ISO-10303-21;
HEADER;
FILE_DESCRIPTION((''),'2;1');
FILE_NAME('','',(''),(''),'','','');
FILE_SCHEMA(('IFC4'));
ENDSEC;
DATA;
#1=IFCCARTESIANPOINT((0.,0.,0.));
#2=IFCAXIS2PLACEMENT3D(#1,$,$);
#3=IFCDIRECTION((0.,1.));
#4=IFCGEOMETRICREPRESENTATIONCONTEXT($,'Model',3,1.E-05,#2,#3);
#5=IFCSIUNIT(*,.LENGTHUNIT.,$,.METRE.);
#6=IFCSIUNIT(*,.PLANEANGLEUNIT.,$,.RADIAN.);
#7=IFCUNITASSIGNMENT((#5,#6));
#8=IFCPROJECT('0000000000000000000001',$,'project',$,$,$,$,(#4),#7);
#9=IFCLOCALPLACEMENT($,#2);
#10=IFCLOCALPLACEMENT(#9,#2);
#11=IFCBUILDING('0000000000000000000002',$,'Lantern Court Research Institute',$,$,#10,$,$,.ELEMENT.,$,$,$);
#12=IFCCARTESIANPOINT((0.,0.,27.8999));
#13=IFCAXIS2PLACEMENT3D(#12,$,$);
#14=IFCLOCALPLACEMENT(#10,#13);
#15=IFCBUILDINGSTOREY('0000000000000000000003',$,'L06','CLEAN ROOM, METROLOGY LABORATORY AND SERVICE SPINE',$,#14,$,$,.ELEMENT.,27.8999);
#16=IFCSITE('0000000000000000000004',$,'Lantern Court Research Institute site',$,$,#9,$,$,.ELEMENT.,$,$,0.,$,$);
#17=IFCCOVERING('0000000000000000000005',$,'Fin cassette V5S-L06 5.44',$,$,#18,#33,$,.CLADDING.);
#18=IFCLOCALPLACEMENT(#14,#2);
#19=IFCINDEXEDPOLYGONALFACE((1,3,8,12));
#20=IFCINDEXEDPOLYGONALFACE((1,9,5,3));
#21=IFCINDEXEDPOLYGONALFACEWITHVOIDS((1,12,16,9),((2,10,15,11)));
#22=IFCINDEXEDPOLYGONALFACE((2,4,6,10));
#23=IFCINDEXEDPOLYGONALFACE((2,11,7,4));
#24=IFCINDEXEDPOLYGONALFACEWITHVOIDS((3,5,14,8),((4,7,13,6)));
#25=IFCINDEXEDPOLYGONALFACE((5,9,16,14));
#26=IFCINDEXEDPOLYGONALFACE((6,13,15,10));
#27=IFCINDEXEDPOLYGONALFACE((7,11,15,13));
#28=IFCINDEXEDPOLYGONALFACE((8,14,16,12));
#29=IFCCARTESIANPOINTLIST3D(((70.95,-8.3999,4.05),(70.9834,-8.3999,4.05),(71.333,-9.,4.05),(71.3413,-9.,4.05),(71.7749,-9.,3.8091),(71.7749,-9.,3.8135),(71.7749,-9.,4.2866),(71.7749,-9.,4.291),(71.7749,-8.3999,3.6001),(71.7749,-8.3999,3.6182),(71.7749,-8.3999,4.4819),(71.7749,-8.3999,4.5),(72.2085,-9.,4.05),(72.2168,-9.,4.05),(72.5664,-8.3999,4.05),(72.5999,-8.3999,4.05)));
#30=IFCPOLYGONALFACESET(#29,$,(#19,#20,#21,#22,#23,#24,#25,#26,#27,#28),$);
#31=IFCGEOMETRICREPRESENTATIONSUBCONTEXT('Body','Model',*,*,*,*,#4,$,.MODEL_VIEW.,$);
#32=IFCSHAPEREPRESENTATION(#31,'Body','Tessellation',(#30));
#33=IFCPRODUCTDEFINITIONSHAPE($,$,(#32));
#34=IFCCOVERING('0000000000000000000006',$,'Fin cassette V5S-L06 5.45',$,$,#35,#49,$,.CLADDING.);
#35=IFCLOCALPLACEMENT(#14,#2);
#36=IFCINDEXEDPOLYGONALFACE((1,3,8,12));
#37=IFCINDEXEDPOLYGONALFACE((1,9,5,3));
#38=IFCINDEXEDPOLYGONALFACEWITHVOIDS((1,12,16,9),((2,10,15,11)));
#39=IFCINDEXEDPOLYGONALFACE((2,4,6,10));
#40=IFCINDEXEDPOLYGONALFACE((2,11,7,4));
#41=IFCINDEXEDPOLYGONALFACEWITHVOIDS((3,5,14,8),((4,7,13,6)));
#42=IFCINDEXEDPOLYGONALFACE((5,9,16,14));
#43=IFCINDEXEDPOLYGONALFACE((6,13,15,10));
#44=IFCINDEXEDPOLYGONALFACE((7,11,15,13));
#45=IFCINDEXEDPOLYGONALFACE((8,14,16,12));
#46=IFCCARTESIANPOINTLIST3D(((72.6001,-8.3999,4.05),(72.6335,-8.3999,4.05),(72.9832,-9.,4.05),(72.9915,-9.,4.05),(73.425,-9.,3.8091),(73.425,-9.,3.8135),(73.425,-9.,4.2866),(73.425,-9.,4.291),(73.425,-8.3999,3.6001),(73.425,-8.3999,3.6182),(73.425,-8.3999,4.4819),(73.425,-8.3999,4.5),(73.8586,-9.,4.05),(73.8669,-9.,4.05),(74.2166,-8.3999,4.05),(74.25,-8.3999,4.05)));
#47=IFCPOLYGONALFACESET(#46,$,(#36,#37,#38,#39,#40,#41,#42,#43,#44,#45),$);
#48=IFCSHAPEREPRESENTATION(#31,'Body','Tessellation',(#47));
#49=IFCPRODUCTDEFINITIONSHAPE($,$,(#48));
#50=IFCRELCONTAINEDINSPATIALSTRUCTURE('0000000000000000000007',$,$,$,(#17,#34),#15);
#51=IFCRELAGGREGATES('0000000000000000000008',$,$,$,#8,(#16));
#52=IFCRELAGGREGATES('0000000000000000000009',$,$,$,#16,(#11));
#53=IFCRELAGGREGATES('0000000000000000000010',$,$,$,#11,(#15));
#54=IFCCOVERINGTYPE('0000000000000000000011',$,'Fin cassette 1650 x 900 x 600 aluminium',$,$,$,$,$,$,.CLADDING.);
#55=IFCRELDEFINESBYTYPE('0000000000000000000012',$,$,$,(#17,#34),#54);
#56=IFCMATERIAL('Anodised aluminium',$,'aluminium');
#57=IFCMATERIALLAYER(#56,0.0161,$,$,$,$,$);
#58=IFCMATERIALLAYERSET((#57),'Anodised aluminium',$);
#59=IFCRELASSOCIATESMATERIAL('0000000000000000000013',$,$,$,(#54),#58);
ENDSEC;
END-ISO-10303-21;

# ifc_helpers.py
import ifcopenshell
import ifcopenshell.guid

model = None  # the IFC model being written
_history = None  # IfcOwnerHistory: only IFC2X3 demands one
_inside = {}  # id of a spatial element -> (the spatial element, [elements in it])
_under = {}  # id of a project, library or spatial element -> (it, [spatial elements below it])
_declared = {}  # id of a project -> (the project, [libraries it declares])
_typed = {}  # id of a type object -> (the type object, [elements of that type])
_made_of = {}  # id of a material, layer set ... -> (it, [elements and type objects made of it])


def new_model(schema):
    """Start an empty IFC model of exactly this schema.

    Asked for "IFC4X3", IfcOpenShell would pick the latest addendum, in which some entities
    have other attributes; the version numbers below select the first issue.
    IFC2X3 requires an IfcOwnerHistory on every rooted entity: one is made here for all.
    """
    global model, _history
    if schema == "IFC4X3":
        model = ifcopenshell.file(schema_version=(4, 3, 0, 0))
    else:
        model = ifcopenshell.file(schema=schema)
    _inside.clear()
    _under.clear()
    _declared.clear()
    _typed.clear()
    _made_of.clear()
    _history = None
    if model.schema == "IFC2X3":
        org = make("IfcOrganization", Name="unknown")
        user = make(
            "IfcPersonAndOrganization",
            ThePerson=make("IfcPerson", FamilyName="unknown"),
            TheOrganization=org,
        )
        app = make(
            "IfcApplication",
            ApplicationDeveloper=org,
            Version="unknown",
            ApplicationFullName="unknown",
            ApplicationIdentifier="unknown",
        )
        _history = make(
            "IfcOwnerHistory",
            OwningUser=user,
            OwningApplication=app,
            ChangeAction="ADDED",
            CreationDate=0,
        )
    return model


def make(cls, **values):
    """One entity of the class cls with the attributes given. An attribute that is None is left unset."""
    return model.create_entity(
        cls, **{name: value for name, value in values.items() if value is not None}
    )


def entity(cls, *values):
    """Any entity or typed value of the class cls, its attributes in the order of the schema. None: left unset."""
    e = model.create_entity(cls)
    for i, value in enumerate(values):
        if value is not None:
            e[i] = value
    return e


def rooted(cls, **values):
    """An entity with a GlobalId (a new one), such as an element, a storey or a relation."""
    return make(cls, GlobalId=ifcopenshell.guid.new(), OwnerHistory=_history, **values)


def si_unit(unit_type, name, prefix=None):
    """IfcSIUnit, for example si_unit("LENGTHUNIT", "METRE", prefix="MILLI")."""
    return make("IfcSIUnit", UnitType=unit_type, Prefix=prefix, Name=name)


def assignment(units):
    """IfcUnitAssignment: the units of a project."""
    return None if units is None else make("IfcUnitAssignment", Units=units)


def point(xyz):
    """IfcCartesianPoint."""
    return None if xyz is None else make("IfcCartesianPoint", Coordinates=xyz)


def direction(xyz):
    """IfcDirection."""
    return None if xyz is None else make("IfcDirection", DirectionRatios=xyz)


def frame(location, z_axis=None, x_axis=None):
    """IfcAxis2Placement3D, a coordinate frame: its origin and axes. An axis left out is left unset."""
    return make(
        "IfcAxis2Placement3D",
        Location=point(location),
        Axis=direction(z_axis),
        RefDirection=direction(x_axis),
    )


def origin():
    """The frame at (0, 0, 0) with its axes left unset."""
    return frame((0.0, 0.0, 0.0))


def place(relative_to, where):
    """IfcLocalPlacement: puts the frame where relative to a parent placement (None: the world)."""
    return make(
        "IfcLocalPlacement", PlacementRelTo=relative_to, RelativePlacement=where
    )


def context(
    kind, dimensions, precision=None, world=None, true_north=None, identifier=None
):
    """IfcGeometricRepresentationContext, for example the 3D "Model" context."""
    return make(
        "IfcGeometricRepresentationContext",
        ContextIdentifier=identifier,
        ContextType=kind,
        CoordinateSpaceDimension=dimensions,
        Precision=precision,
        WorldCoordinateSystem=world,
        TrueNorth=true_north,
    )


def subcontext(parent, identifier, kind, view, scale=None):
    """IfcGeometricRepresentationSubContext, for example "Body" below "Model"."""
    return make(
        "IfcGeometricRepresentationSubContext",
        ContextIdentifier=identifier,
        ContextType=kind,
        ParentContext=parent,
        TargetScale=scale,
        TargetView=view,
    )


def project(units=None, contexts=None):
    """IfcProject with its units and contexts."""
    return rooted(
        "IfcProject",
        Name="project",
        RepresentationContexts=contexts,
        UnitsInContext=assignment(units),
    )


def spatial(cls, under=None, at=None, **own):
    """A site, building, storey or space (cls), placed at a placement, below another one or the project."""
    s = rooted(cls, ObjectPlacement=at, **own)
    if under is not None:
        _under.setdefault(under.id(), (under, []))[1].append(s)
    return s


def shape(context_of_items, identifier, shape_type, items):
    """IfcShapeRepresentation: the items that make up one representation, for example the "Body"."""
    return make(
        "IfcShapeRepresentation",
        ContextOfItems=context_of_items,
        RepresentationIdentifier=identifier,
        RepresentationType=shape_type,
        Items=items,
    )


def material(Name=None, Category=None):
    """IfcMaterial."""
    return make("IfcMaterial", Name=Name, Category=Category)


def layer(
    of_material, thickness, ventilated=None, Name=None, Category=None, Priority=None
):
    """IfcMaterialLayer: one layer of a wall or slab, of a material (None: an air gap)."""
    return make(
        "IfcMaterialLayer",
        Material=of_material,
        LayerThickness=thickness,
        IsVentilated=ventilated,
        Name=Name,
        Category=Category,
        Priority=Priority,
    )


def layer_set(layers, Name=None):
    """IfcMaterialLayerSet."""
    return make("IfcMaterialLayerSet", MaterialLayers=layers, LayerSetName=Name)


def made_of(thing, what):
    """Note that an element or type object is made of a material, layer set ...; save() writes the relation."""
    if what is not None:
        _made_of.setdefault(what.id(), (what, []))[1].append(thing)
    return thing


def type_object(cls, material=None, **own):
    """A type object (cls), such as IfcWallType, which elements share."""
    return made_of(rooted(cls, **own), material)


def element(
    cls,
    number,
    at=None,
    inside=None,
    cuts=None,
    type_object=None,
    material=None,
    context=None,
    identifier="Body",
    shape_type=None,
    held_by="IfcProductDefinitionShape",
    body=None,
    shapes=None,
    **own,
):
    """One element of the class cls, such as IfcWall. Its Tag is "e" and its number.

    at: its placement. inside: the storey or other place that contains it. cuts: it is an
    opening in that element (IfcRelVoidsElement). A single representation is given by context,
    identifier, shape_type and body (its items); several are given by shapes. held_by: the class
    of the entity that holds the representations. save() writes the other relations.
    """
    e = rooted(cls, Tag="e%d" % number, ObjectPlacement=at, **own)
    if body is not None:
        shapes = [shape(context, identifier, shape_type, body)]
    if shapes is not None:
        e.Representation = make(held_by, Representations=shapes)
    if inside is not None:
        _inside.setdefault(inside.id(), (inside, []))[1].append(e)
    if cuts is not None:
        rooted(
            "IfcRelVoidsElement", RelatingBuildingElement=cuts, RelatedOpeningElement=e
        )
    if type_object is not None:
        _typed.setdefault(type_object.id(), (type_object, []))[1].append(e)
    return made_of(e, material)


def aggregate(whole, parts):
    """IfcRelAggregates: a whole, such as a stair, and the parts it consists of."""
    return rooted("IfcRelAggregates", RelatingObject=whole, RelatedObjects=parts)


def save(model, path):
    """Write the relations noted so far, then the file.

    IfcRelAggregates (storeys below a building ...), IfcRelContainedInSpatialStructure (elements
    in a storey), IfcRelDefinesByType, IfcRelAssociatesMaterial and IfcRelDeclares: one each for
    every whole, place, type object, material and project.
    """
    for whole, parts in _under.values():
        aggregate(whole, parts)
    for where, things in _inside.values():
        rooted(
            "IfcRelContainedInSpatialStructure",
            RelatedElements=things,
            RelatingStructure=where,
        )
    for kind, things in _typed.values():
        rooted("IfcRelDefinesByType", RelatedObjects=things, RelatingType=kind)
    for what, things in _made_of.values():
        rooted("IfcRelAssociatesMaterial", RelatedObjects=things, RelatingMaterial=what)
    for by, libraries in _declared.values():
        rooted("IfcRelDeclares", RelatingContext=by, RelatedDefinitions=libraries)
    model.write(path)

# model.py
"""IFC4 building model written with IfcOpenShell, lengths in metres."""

from ifc_helpers import new_model, entity, si_unit, direction, frame, origin, place, context, subcontext, project, spatial, material, layer, layer_set, type_object, element, save


model = new_model("IFC4")

# Units and contexts
model_context = context("Model", 3, precision=1e-05, world=origin(), true_north=direction((0.0, 1.0)))
body_context = subcontext(model_context, "Body", "Model", "MODEL_VIEW")
ifc_project = project(units=[si_unit("LENGTHUNIT", "METRE"), si_unit("PLANEANGLEUNIT", "RADIAN")], contexts=[model_context])

# Site, building, storey
site_placement = place(None, origin())
site = spatial("IfcSite", under=ifc_project, at=site_placement, Name="Lantern Court Research Institute site", CompositionType="ELEMENT", RefElevation=0.0)
building_placement = place(site_placement, origin())
building = spatial("IfcBuilding", under=site, at=building_placement, Name="Lantern Court Research Institute", CompositionType="ELEMENT")
storey_placement = place(building_placement, frame((0.0, 0.0, 27.8999)))
storey = spatial("IfcBuildingStorey", under=building, at=storey_placement, Name="L06", Description="CLEAN ROOM, METROLOGY LABORATORY AND SERVICE SPINE", CompositionType="ELEMENT", Elevation=27.8999)

# Coverings
ifc_material_1 = material(Name="Anodised aluminium", Category="aluminium")
ifc_layer_1 = layer(ifc_material_1, 0.0161)
ifc_layer_set_1 = layer_set([ifc_layer_1], Name="Anodised aluminium")
covering_type = type_object("IfcCoveringType", Name="Fin cassette 1650 x 900 x 600 aluminium", PredefinedType="CLADDING", material=ifc_layer_set_1)
covering_1_placement = place(storey_placement, frame((71.7749, -8.3999, 4.05), z_axis=(0.0, -1.0, 0.0), x_axis=(1.0, 0.0, 0.0)))
cartesian_point_1 = entity("IfcCartesianPoint", [0.825, 0.0])
cartesian_point_2 = entity("IfcCartesianPoint", [0.7915, 0.0])
cartesian_point_3 = entity("IfcCartesianPoint", [0.4419, 0.0])
cartesian_point_4 = entity("IfcCartesianPoint", [0.4336, 0.0])
element("IfcCovering", 1, at=covering_1_placement, inside=storey, type_object=covering_type, Name="Fin cassette V5S-L06 5.44", PredefinedType="CLADDING", context=body_context, shape_type="SweptSolid", body=[
    entity("IfcExtrudedAreaSolidTapered", entity("IfcArbitraryProfileDefWithVoids", "AREA", None, entity("IfcPolyline", [cartesian_point_1, entity("IfcCartesianPoint", [0.0, 0.45]), entity("IfcCartesianPoint", [-0.825, 0.0]), entity("IfcCartesianPoint", [0.0, -0.45]), cartesian_point_1]), [entity("IfcPolyline", [cartesian_point_2, entity("IfcCartesianPoint", [0.0, 0.4319]), entity("IfcCartesianPoint", [-0.7915, 0.0]), entity("IfcCartesianPoint", [0.0, -0.4319]), cartesian_point_2])]), entity("IfcAxis2Placement3D", entity("IfcCartesianPoint", [0.0, 0.0, 0.0])), entity("IfcDirection", [0.0, 0.0, 1.0]), 0.6001, entity("IfcArbitraryProfileDefWithVoids", "AREA", None, entity("IfcPolyline", [cartesian_point_3, entity("IfcCartesianPoint", [0.0, 0.241]), entity("IfcCartesianPoint", [-0.4419, 0.0]), entity("IfcCartesianPoint", [0.0, -0.241]), cartesian_point_3]), [entity("IfcPolyline", [cartesian_point_4, entity("IfcCartesianPoint", [0.0, 0.2366]), entity("IfcCartesianPoint", [-0.4336, 0.0]), entity("IfcCartesianPoint", [0.0, -0.2366]), cartesian_point_4])])),
])
covering_2_placement = place(storey_placement, frame((73.425, -8.3999, 4.05), z_axis=(0.0, -1.0, 0.0), x_axis=(1.0, 0.0, 0.0)))
cartesian_point_5 = entity("IfcCartesianPoint", [0.825, 0.0])
cartesian_point_6 = entity("IfcCartesianPoint", [0.7915, 0.0])
cartesian_point_7 = entity("IfcCartesianPoint", [0.4419, 0.0])
cartesian_point_8 = entity("IfcCartesianPoint", [0.4336, 0.0])
element("IfcCovering", 2, at=covering_2_placement, inside=storey, type_object=covering_type, Name="Fin cassette V5S-L06 5.45", PredefinedType="CLADDING", context=body_context, shape_type="SweptSolid", body=[
    entity("IfcExtrudedAreaSolidTapered", entity("IfcArbitraryProfileDefWithVoids", "AREA", None, entity("IfcPolyline", [cartesian_point_5, entity("IfcCartesianPoint", [0.0, 0.45]), entity("IfcCartesianPoint", [-0.825, 0.0]), entity("IfcCartesianPoint", [0.0, -0.45]), cartesian_point_5]), [entity("IfcPolyline", [cartesian_point_6, entity("IfcCartesianPoint", [0.0, 0.4319]), entity("IfcCartesianPoint", [-0.7915, 0.0]), entity("IfcCartesianPoint", [0.0, -0.4319]), cartesian_point_6])]), entity("IfcAxis2Placement3D", entity("IfcCartesianPoint", [0.0, 0.0, 0.0])), entity("IfcDirection", [0.0, 0.0, 1.0]), 0.6001, entity("IfcArbitraryProfileDefWithVoids", "AREA", None, entity("IfcPolyline", [cartesian_point_7, entity("IfcCartesianPoint", [0.0, 0.241]), entity("IfcCartesianPoint", [-0.4419, 0.0]), entity("IfcCartesianPoint", [0.0, -0.241]), cartesian_point_7]), [entity("IfcPolyline", [cartesian_point_8, entity("IfcCartesianPoint", [0.0, 0.2366]), entity("IfcCartesianPoint", [-0.4336, 0.0]), entity("IfcCartesianPoint", [0.0, -0.2366]), cartesian_point_8])])),
])

save(model, "model.ifc")
